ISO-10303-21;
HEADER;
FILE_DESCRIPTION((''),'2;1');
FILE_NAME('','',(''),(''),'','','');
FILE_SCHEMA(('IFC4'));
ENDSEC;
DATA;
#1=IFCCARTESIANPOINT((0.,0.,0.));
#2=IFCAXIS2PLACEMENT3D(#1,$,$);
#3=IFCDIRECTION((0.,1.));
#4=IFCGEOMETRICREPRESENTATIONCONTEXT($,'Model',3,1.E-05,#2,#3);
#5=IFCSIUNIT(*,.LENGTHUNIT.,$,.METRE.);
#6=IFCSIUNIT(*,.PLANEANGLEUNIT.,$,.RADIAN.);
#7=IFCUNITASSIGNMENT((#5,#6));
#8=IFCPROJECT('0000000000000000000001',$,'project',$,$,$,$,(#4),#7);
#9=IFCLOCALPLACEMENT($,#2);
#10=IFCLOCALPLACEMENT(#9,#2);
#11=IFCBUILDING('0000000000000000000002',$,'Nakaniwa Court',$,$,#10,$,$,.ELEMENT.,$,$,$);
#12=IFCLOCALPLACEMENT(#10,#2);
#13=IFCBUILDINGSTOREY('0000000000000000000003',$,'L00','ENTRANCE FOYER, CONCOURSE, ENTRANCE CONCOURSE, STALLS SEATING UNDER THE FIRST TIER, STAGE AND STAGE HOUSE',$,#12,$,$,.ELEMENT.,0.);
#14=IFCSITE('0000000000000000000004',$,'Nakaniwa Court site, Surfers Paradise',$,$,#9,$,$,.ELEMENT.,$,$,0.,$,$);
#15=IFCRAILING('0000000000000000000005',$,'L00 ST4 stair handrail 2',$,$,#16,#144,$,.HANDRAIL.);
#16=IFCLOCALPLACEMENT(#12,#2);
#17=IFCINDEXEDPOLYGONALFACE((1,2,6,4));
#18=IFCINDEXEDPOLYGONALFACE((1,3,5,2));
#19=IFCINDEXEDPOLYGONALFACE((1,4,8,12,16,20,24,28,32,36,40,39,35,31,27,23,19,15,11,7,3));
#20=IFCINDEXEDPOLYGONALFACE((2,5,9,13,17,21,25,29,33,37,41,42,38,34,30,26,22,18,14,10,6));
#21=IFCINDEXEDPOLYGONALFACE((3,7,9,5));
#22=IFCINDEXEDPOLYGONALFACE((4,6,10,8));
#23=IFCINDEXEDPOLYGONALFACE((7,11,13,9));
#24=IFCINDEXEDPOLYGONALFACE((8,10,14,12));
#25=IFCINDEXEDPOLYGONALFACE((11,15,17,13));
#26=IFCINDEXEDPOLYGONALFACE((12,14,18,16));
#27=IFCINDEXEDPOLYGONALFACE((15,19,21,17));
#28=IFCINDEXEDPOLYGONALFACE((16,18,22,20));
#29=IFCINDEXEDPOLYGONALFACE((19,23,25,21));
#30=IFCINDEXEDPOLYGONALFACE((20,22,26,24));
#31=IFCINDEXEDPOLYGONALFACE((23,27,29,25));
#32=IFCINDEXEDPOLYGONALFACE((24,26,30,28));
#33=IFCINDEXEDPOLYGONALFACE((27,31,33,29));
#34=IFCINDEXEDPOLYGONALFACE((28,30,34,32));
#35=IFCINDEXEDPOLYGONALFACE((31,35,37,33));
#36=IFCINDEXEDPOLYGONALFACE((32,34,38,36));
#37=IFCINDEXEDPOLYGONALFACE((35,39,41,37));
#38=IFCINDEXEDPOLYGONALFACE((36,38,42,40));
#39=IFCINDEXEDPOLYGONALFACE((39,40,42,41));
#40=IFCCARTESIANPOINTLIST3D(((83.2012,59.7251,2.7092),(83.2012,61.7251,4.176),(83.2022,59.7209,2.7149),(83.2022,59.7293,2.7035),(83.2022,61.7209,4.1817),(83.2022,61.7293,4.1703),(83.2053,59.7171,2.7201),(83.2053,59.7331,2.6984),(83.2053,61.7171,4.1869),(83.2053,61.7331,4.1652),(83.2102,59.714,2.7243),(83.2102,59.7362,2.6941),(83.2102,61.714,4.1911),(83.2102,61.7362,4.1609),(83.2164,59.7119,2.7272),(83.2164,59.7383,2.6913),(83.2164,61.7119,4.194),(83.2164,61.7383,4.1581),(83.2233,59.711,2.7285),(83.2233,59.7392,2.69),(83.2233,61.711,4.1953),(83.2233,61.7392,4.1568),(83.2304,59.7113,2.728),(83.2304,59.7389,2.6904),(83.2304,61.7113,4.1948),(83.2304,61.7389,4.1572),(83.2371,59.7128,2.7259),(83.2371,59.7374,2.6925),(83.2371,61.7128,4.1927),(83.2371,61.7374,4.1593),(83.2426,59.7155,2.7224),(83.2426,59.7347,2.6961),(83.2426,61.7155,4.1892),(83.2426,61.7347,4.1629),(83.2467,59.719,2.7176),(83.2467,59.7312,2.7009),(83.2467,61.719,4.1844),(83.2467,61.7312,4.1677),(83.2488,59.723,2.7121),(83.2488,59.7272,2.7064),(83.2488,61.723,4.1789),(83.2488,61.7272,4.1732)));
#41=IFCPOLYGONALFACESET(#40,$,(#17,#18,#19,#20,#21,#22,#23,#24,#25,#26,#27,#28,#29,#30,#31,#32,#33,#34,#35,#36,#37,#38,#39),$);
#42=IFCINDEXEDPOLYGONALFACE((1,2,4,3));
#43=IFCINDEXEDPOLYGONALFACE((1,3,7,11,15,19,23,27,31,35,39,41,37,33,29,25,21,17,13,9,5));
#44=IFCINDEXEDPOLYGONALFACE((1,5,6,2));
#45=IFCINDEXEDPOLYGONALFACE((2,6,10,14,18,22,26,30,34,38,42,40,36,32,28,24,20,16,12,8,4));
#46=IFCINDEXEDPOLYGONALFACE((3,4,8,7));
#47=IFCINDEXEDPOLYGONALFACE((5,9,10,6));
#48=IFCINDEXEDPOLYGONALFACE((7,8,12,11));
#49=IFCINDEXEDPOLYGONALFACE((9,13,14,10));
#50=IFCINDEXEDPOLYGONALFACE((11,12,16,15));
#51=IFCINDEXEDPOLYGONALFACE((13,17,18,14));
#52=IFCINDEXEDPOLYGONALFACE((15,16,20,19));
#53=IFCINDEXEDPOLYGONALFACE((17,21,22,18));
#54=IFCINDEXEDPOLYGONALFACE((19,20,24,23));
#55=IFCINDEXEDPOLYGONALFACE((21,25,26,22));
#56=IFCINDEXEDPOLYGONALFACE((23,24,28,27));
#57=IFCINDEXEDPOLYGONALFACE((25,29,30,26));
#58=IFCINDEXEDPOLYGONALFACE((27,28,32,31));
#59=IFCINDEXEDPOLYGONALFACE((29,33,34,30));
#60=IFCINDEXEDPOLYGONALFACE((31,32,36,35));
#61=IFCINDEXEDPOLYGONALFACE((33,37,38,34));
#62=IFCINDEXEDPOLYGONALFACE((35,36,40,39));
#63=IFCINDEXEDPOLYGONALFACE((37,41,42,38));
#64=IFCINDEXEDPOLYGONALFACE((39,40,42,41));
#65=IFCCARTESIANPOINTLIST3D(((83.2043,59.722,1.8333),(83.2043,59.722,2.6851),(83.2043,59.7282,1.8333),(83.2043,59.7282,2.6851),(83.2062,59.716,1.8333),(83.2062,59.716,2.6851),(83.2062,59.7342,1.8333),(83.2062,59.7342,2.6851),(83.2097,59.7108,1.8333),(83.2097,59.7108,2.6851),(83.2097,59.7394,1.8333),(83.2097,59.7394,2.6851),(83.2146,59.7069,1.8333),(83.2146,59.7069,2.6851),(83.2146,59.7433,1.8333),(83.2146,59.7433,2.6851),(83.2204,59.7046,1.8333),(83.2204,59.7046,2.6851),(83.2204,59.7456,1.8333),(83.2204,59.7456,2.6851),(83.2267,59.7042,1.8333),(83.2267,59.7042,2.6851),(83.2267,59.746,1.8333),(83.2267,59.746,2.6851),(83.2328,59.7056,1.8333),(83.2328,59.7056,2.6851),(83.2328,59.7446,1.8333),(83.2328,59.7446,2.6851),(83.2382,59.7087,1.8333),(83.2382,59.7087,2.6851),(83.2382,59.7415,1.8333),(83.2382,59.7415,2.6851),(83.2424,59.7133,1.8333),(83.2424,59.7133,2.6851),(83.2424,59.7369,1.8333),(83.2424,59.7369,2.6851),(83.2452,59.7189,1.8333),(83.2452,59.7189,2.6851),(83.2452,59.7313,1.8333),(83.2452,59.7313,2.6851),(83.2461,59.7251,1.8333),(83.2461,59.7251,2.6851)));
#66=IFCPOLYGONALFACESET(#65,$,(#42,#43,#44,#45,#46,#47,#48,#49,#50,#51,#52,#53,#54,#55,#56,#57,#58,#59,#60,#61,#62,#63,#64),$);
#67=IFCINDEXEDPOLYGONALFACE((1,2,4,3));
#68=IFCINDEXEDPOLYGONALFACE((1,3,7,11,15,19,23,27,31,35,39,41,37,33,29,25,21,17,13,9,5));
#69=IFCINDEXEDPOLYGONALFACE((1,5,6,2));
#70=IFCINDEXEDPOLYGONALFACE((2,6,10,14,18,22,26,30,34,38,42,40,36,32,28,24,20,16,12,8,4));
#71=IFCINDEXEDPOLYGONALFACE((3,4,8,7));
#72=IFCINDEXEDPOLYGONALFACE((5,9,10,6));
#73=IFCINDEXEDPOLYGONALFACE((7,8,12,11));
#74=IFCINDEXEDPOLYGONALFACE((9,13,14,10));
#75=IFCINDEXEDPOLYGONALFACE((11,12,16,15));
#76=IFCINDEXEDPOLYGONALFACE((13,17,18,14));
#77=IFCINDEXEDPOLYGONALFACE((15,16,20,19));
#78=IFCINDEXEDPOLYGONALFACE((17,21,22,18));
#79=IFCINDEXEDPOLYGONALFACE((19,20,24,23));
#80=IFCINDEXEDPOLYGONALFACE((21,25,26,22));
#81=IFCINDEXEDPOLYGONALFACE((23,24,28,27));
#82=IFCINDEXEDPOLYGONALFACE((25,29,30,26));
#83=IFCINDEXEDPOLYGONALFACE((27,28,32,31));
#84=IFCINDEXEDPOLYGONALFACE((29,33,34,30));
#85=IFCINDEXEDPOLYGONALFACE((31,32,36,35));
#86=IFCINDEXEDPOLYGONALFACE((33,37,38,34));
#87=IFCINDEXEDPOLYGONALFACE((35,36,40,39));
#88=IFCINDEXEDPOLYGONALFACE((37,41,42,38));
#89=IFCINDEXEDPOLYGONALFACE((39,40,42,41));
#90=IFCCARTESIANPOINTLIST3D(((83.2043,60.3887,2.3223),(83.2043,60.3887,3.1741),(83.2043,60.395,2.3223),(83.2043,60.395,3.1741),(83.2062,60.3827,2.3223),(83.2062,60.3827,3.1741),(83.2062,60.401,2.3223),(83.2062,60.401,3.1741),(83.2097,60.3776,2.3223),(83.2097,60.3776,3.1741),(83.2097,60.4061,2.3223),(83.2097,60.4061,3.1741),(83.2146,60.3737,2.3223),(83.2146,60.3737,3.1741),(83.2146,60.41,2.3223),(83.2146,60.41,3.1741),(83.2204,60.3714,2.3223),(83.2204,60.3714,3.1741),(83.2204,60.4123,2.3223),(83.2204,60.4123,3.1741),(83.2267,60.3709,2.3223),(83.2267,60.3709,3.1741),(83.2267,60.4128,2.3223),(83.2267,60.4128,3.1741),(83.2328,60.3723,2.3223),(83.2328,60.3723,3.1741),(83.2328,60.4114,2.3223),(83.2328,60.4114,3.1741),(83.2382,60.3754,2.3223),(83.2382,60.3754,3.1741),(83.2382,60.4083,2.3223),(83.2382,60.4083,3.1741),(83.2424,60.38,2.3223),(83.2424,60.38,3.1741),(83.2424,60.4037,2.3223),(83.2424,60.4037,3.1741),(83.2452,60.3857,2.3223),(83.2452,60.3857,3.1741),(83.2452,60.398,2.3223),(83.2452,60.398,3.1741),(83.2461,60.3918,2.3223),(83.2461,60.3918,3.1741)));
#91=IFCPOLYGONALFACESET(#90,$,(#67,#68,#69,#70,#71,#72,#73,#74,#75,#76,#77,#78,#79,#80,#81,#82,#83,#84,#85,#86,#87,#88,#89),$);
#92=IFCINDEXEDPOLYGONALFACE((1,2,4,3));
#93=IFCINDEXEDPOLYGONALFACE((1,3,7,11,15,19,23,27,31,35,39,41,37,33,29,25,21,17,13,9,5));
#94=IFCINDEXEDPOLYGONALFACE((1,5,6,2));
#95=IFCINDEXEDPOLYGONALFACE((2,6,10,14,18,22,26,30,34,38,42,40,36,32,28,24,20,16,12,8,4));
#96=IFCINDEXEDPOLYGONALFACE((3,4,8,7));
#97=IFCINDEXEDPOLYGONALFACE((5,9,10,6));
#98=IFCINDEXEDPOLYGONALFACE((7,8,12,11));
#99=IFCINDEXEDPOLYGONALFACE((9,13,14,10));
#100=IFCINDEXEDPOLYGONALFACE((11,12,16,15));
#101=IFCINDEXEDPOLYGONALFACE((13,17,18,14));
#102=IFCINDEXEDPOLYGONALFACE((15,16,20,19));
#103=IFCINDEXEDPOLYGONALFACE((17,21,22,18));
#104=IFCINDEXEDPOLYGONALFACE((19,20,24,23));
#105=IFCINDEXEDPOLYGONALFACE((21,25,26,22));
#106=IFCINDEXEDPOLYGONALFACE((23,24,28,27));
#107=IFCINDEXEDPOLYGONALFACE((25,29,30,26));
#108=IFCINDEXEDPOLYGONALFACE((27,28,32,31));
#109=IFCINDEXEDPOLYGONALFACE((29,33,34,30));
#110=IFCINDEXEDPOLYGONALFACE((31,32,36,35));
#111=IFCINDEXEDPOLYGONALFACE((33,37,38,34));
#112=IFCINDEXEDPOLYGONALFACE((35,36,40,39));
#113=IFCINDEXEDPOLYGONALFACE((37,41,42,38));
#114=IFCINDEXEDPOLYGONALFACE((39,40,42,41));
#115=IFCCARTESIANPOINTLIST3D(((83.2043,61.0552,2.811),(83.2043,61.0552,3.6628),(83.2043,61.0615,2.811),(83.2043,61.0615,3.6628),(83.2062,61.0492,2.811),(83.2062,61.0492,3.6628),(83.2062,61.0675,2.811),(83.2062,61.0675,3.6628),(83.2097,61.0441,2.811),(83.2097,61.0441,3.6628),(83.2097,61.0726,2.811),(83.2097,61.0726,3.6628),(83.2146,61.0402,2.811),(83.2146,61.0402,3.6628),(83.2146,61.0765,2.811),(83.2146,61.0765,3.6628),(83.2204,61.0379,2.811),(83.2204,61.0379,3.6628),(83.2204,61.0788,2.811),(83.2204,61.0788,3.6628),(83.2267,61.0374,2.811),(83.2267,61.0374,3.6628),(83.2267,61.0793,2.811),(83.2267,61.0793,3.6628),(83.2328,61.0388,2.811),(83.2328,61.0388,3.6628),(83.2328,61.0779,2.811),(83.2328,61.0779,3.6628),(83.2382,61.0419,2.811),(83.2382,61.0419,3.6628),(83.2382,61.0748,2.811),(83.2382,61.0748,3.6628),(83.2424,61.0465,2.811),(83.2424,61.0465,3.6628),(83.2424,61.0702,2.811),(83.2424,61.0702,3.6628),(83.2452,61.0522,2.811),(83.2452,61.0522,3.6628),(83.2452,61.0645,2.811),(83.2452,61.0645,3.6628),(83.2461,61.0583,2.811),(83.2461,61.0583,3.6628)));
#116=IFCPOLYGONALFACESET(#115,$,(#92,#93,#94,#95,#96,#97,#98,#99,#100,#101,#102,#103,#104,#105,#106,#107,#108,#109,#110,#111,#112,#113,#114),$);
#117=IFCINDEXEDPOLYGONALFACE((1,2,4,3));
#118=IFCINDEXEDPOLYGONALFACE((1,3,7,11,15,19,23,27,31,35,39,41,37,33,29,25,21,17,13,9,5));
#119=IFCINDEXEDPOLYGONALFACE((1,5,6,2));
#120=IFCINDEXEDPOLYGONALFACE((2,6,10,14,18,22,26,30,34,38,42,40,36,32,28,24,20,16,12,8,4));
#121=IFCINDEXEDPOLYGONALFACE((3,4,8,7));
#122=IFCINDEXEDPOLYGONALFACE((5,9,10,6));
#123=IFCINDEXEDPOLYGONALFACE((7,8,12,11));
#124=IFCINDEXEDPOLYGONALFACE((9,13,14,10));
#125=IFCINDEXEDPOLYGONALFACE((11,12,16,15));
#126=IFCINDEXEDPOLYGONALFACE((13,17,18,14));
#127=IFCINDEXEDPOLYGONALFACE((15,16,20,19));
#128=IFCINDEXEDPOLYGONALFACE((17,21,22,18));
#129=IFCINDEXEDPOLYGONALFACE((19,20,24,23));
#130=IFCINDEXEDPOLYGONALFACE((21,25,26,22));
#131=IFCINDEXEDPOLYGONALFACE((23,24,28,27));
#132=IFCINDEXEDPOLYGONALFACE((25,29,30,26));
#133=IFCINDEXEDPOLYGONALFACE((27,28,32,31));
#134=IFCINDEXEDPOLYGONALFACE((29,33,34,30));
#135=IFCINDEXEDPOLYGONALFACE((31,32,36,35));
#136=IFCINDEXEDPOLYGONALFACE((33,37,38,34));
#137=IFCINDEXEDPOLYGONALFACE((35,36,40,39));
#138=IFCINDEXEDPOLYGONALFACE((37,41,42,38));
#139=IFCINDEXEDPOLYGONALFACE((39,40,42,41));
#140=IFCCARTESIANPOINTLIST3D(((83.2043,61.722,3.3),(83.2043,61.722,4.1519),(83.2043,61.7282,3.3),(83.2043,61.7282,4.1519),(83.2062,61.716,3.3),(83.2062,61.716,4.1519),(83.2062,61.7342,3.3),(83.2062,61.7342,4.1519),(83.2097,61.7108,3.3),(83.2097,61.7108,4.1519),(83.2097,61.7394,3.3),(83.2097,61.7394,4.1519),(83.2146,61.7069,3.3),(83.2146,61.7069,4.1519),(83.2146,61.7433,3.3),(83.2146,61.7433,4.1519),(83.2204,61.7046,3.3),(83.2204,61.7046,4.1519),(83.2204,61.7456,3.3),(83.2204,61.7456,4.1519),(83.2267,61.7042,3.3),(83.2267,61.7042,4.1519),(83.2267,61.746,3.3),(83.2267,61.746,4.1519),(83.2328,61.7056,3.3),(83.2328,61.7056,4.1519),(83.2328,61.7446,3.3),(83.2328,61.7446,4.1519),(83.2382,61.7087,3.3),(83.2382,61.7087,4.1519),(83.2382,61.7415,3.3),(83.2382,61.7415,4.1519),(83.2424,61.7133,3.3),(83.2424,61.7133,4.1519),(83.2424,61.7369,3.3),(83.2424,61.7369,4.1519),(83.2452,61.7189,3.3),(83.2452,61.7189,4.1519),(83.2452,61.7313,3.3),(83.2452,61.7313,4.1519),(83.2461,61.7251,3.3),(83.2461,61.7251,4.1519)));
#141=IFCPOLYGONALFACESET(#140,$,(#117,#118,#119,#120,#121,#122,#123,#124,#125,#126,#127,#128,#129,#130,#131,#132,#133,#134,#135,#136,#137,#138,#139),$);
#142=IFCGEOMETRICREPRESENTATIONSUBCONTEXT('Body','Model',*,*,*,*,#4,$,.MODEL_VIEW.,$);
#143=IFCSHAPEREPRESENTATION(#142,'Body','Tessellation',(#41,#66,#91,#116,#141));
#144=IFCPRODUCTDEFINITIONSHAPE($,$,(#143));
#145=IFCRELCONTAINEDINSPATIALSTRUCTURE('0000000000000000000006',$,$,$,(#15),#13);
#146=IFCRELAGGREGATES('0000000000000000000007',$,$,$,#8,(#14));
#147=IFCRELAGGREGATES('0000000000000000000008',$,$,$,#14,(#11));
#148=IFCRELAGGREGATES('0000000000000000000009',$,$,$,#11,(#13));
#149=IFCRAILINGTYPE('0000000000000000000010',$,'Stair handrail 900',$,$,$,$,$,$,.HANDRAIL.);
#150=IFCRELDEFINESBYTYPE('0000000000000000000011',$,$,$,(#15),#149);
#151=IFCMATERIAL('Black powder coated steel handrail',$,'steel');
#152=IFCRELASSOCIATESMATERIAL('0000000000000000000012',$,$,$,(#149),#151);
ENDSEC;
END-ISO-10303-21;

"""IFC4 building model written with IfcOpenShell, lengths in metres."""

from ifc_helpers import new_model, si_unit, direction, frame, origin, origin_2d, place, context, subcontext, project, spatial, circle, extrude, material, type_object, element, save


model = new_model("IFC4")

# Units and contexts
model_context = context("Model", 3, precision=1e-05, world=origin(), true_north=direction((0.0, 1.0)))
body_context = subcontext(model_context, "Body", "Model", "MODEL_VIEW")
ifc_project = project(units=[si_unit("LENGTHUNIT", "METRE"), si_unit("PLANEANGLEUNIT", "RADIAN")], contexts=[model_context])

# Site, building, storey
site_placement = place(None, origin())
site = spatial("IfcSite", under=ifc_project, at=site_placement, Name="Nakaniwa Court site, Surfers Paradise", CompositionType="ELEMENT", RefElevation=0.0)
building_placement = place(site_placement, origin())
building = spatial("IfcBuilding", under=site, at=building_placement, Name="Nakaniwa Court", CompositionType="ELEMENT")
storey_placement = place(building_placement, origin())
storey = spatial("IfcBuildingStorey", under=building, at=storey_placement, Name="L00", Description="ENTRANCE FOYER, CONCOURSE, ENTRANCE CONCOURSE, STALLS SEATING UNDER THE FIRST TIER, STAGE AND STAGE HOUSE", CompositionType="ELEMENT", Elevation=0.0)

# Railing
ifc_material_1 = material(Name="Black powder coated steel handrail", Category="steel")
railing_type = type_object("IfcRailingType", Name="Stair handrail 900", PredefinedType="HANDRAIL", material=ifc_material_1)
for number, where, name in (
    (1, (83.2251, 59.7251, 1.8333), "L00 ST4 stair handrail 2"),
):
    element("IfcRailing", number, at=place(storey_placement, frame(where)), inside=storey, type_object=railing_type, Name=name, PredefinedType="HANDRAIL", context=body_context, shape_type="SweptSolid", body=[
        extrude(circle(Radius=0.0239, at=origin_2d()), frame((0.0, 0.0, 0.876), z_axis=(0.0, 0.80638, 0.591398), x_axis=(-1.0, 0.0, 0.0)), (0.0, 0.0, 1.0), 2.4802),
        extrude(circle(Radius=0.021, at=origin_2d()), origin(), (0.0, 0.0, 1.0), 0.8518),
        extrude(circle(Radius=0.021, at=origin_2d()), frame((0.0, 0.6667, 0.489)), (0.0, 0.0, 1.0), 0.8518),
        extrude(circle(Radius=0.021, at=origin_2d()), frame((0.0, 1.3333, 0.9778)), (0.0, 0.0, 1.0), 0.8518),
        extrude(circle(Radius=0.021, at=origin_2d()), frame((0.0, 2.0, 1.4668)), (0.0, 0.0, 1.0), 0.8518),
    ])

save(model, "model.ifc")
